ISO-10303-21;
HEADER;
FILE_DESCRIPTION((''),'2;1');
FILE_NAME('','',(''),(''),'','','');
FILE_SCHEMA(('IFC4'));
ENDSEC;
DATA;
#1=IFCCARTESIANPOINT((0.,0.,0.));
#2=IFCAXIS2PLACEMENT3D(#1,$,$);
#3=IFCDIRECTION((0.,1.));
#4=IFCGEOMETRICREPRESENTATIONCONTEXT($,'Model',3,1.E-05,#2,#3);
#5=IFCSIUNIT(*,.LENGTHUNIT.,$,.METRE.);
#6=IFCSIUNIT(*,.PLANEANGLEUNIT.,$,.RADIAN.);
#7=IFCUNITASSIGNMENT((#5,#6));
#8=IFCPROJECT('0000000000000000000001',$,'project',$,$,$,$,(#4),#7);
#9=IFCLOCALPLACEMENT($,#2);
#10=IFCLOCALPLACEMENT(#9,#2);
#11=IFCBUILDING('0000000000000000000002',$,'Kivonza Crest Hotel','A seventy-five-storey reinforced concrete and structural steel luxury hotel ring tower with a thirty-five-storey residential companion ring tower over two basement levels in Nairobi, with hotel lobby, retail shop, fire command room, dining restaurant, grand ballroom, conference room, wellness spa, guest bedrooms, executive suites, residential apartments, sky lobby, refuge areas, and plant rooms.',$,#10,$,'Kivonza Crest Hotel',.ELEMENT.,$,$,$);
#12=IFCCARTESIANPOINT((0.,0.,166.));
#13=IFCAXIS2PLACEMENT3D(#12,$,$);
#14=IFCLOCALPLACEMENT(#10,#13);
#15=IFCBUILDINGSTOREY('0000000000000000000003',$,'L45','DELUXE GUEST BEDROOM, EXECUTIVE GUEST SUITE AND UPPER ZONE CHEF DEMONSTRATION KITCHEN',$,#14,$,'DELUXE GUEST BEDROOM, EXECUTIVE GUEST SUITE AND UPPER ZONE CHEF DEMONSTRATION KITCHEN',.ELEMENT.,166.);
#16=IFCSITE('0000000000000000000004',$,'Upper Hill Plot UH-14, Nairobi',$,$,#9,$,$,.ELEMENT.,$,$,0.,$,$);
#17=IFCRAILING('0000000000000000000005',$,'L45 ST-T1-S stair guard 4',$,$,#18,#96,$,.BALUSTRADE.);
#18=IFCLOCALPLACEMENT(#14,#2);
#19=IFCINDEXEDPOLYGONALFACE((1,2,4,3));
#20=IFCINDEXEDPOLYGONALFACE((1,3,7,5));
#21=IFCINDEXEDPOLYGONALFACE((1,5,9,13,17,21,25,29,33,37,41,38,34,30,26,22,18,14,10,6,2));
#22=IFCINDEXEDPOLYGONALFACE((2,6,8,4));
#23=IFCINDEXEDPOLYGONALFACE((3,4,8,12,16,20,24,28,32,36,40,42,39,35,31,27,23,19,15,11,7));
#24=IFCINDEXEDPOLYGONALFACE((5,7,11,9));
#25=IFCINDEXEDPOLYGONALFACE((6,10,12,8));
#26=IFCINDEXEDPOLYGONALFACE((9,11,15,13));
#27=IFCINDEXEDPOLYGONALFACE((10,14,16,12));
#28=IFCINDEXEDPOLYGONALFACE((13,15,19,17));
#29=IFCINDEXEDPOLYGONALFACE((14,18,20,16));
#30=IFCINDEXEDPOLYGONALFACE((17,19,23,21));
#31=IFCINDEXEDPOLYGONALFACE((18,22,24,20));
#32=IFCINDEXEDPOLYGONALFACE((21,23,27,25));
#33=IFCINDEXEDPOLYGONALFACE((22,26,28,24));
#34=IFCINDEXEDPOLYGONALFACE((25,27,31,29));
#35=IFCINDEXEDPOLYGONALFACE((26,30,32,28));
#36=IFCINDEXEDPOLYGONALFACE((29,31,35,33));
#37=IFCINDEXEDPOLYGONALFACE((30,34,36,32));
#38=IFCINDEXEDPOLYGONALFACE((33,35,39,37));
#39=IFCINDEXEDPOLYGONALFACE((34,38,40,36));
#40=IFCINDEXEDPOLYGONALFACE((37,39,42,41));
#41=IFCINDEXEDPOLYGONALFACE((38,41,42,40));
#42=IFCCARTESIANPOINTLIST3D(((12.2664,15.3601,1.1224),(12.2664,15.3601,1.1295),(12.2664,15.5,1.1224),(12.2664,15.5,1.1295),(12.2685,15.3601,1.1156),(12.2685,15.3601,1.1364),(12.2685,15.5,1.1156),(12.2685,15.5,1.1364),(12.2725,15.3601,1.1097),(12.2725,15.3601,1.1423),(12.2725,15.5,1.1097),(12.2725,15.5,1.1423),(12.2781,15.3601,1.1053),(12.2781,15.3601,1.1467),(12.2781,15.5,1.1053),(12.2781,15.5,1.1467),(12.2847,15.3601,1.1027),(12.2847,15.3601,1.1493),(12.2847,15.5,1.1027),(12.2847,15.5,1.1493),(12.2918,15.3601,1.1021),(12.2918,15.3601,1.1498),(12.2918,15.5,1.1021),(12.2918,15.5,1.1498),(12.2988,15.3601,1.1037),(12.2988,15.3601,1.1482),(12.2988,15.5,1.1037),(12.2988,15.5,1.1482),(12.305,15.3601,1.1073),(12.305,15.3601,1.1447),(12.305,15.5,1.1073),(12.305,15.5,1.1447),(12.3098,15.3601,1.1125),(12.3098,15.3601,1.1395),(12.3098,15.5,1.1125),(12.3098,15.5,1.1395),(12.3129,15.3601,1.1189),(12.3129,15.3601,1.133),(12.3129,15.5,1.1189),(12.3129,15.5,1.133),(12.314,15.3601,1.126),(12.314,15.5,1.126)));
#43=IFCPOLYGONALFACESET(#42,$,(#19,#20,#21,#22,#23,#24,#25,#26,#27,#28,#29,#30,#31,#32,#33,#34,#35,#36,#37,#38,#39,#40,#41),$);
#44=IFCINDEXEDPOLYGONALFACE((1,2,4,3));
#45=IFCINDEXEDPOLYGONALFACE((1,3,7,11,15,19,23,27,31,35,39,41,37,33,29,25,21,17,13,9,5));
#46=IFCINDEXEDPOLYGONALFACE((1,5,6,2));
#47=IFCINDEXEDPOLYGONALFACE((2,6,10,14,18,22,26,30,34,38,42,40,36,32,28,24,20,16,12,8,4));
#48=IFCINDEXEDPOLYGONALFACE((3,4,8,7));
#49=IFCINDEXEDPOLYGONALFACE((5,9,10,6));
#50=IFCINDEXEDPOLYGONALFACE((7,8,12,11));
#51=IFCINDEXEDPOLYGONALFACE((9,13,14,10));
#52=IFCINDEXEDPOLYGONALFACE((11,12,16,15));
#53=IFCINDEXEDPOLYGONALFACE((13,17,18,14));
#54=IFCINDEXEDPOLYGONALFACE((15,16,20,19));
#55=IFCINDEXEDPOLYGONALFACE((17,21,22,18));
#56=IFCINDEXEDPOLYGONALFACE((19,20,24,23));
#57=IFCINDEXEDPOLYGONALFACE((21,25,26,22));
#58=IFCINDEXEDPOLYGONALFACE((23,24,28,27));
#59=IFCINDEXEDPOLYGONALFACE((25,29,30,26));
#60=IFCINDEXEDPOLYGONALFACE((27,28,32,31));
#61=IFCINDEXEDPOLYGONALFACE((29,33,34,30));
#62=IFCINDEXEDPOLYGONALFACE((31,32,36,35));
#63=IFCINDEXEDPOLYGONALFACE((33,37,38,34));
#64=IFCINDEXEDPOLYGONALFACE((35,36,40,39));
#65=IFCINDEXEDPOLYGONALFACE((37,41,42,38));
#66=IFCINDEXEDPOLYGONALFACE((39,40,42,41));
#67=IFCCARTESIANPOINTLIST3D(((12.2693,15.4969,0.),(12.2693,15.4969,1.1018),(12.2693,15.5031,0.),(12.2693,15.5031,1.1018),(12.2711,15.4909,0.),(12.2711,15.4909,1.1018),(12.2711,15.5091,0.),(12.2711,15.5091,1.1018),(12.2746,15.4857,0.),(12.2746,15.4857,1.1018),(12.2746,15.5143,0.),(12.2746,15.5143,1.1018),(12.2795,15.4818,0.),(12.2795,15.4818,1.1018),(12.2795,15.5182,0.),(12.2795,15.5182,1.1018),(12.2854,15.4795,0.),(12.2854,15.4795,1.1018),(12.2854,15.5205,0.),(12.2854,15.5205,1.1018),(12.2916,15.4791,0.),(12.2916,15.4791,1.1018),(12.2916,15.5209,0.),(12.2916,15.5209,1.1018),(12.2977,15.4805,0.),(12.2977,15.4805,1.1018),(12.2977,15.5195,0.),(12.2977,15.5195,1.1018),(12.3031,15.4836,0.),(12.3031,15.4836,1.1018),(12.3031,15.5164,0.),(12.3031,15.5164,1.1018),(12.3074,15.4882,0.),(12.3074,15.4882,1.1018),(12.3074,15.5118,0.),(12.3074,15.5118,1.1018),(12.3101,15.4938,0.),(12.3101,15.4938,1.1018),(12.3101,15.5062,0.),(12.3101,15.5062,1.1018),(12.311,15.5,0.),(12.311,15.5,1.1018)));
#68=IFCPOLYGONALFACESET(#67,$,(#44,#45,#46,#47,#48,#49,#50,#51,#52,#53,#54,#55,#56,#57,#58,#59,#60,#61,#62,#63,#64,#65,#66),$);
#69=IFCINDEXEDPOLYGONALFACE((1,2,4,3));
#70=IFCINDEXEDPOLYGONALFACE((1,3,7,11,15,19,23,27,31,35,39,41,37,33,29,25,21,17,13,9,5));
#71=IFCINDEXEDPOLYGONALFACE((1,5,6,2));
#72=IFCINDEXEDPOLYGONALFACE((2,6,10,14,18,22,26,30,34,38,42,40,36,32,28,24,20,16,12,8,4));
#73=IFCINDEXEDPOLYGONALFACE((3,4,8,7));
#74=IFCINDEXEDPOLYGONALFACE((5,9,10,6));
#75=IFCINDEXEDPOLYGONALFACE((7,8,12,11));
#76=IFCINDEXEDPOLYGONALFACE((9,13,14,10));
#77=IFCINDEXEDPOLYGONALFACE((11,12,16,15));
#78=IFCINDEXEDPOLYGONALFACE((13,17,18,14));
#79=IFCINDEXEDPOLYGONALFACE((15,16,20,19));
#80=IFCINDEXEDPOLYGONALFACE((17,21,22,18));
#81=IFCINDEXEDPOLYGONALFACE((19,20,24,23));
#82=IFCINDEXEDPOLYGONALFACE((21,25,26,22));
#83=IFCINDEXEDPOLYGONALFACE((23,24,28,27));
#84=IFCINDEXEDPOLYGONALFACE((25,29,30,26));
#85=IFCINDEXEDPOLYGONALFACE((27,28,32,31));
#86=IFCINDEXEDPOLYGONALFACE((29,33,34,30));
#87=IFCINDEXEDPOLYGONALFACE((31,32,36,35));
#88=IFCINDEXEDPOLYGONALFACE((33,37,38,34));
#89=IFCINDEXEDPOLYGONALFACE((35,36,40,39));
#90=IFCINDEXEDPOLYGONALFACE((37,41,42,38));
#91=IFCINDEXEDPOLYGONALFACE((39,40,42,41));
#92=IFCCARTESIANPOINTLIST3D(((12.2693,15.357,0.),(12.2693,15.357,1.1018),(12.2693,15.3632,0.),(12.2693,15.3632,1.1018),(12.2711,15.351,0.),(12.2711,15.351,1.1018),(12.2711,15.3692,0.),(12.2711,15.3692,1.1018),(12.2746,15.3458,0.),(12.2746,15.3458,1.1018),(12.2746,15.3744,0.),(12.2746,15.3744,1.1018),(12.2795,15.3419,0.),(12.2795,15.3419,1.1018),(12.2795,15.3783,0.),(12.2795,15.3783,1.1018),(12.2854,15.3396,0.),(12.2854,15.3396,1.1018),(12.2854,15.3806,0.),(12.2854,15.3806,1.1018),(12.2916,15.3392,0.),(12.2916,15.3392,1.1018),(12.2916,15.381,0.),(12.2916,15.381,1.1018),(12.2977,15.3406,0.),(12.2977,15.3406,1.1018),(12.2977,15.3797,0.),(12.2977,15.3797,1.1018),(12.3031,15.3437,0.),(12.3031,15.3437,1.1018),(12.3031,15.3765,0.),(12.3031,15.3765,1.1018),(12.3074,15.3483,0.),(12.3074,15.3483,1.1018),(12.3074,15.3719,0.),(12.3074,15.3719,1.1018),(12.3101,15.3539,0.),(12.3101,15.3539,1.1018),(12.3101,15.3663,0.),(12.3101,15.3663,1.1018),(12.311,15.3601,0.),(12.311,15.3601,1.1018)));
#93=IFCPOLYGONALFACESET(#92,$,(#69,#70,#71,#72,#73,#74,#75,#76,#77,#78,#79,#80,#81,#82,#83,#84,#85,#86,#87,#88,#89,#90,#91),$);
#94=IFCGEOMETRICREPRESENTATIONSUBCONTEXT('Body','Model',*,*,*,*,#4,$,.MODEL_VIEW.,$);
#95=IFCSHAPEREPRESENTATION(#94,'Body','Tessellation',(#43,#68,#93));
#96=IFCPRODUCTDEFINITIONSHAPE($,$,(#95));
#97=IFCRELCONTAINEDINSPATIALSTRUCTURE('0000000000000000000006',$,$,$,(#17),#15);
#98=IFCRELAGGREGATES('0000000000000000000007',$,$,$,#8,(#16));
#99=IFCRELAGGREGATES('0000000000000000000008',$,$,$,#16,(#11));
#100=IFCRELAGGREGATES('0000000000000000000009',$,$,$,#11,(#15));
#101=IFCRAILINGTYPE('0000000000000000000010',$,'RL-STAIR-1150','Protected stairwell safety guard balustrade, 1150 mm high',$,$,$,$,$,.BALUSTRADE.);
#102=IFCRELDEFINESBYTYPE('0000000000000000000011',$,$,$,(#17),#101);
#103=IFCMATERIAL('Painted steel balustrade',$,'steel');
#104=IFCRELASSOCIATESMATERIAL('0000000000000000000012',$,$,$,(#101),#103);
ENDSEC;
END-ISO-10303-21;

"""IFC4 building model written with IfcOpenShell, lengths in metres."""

from ifc_helpers import new_model, si_unit, direction, frame, origin, origin_2d, place, context, subcontext, project, spatial, circle, extrude, material, type_object, element, save


model = new_model("IFC4")

# Units and contexts
model_context = context("Model", 3, precision=1e-05, world=origin(), true_north=direction((0.0, 1.0)))
body_context = subcontext(model_context, "Body", "Model", "MODEL_VIEW")
ifc_project = project(units=[si_unit("LENGTHUNIT", "METRE"), si_unit("PLANEANGLEUNIT", "RADIAN")], contexts=[model_context])

# Site, building, storey
site_placement = place(None, origin())
site = spatial("IfcSite", under=ifc_project, at=site_placement, Name="Upper Hill Plot UH-14, Nairobi", CompositionType="ELEMENT", RefElevation=0.0)
building_placement = place(site_placement, origin())
building = spatial("IfcBuilding", under=site, at=building_placement, Name="Kivonza Crest Hotel", Description="A seventy-five-storey reinforced concrete and structural steel luxury hotel ring tower with a thirty-five-storey residential companion ring tower over two basement levels in Nairobi, with hotel lobby, retail shop, fire command room, dining restaurant, grand ballroom, conference room, wellness spa, guest bedrooms, executive suites, residential apartments, sky lobby, refuge areas, and plant rooms.", LongName="Kivonza Crest Hotel", CompositionType="ELEMENT")
storey_placement = place(building_placement, frame((0.0, 0.0, 166.0)))
storey = spatial("IfcBuildingStorey", under=building, at=storey_placement, Name="L45", Description="DELUXE GUEST BEDROOM, EXECUTIVE GUEST SUITE AND UPPER ZONE CHEF DEMONSTRATION KITCHEN", LongName="DELUXE GUEST BEDROOM, EXECUTIVE GUEST SUITE AND UPPER ZONE CHEF DEMONSTRATION KITCHEN", CompositionType="ELEMENT", Elevation=166.0)

# Railing
ifc_material_1 = material(Name="Painted steel balustrade", Category="steel")
railing_type_1 = type_object("IfcRailingType", Name="RL-STAIR-1150", Description="Protected stairwell safety guard balustrade, 1150 mm high", PredefinedType="BALUSTRADE", material=ifc_material_1)
railing_1_placement = place(storey_placement, frame((12.29, 15.5, 0.0)))
element("IfcRailing", 1, at=railing_1_placement, inside=storey, type_object=railing_type_1, Name="L45 ST-T1-S stair guard 4", PredefinedType="BALUSTRADE", context=body_context, shape_type="SweptSolid", body=[
    extrude(circle(Radius=0.0239, at=origin_2d()), frame((0.0, 0.0, 1.126), z_axis=(0.0, -1.0, 0.0), x_axis=(1.0, 0.0, 0.0)), (0.0, 0.0, 1.0), 0.1399),
    extrude(circle(Radius=0.021, at=origin_2d()), origin(), (0.0, 0.0, 1.0), 1.1018),
    extrude(circle(Radius=0.021, at=origin_2d()), frame((0.0, -0.1399, 0.0)), (0.0, 0.0, 1.0), 1.1018),
])

save(model, "model.ifc")
